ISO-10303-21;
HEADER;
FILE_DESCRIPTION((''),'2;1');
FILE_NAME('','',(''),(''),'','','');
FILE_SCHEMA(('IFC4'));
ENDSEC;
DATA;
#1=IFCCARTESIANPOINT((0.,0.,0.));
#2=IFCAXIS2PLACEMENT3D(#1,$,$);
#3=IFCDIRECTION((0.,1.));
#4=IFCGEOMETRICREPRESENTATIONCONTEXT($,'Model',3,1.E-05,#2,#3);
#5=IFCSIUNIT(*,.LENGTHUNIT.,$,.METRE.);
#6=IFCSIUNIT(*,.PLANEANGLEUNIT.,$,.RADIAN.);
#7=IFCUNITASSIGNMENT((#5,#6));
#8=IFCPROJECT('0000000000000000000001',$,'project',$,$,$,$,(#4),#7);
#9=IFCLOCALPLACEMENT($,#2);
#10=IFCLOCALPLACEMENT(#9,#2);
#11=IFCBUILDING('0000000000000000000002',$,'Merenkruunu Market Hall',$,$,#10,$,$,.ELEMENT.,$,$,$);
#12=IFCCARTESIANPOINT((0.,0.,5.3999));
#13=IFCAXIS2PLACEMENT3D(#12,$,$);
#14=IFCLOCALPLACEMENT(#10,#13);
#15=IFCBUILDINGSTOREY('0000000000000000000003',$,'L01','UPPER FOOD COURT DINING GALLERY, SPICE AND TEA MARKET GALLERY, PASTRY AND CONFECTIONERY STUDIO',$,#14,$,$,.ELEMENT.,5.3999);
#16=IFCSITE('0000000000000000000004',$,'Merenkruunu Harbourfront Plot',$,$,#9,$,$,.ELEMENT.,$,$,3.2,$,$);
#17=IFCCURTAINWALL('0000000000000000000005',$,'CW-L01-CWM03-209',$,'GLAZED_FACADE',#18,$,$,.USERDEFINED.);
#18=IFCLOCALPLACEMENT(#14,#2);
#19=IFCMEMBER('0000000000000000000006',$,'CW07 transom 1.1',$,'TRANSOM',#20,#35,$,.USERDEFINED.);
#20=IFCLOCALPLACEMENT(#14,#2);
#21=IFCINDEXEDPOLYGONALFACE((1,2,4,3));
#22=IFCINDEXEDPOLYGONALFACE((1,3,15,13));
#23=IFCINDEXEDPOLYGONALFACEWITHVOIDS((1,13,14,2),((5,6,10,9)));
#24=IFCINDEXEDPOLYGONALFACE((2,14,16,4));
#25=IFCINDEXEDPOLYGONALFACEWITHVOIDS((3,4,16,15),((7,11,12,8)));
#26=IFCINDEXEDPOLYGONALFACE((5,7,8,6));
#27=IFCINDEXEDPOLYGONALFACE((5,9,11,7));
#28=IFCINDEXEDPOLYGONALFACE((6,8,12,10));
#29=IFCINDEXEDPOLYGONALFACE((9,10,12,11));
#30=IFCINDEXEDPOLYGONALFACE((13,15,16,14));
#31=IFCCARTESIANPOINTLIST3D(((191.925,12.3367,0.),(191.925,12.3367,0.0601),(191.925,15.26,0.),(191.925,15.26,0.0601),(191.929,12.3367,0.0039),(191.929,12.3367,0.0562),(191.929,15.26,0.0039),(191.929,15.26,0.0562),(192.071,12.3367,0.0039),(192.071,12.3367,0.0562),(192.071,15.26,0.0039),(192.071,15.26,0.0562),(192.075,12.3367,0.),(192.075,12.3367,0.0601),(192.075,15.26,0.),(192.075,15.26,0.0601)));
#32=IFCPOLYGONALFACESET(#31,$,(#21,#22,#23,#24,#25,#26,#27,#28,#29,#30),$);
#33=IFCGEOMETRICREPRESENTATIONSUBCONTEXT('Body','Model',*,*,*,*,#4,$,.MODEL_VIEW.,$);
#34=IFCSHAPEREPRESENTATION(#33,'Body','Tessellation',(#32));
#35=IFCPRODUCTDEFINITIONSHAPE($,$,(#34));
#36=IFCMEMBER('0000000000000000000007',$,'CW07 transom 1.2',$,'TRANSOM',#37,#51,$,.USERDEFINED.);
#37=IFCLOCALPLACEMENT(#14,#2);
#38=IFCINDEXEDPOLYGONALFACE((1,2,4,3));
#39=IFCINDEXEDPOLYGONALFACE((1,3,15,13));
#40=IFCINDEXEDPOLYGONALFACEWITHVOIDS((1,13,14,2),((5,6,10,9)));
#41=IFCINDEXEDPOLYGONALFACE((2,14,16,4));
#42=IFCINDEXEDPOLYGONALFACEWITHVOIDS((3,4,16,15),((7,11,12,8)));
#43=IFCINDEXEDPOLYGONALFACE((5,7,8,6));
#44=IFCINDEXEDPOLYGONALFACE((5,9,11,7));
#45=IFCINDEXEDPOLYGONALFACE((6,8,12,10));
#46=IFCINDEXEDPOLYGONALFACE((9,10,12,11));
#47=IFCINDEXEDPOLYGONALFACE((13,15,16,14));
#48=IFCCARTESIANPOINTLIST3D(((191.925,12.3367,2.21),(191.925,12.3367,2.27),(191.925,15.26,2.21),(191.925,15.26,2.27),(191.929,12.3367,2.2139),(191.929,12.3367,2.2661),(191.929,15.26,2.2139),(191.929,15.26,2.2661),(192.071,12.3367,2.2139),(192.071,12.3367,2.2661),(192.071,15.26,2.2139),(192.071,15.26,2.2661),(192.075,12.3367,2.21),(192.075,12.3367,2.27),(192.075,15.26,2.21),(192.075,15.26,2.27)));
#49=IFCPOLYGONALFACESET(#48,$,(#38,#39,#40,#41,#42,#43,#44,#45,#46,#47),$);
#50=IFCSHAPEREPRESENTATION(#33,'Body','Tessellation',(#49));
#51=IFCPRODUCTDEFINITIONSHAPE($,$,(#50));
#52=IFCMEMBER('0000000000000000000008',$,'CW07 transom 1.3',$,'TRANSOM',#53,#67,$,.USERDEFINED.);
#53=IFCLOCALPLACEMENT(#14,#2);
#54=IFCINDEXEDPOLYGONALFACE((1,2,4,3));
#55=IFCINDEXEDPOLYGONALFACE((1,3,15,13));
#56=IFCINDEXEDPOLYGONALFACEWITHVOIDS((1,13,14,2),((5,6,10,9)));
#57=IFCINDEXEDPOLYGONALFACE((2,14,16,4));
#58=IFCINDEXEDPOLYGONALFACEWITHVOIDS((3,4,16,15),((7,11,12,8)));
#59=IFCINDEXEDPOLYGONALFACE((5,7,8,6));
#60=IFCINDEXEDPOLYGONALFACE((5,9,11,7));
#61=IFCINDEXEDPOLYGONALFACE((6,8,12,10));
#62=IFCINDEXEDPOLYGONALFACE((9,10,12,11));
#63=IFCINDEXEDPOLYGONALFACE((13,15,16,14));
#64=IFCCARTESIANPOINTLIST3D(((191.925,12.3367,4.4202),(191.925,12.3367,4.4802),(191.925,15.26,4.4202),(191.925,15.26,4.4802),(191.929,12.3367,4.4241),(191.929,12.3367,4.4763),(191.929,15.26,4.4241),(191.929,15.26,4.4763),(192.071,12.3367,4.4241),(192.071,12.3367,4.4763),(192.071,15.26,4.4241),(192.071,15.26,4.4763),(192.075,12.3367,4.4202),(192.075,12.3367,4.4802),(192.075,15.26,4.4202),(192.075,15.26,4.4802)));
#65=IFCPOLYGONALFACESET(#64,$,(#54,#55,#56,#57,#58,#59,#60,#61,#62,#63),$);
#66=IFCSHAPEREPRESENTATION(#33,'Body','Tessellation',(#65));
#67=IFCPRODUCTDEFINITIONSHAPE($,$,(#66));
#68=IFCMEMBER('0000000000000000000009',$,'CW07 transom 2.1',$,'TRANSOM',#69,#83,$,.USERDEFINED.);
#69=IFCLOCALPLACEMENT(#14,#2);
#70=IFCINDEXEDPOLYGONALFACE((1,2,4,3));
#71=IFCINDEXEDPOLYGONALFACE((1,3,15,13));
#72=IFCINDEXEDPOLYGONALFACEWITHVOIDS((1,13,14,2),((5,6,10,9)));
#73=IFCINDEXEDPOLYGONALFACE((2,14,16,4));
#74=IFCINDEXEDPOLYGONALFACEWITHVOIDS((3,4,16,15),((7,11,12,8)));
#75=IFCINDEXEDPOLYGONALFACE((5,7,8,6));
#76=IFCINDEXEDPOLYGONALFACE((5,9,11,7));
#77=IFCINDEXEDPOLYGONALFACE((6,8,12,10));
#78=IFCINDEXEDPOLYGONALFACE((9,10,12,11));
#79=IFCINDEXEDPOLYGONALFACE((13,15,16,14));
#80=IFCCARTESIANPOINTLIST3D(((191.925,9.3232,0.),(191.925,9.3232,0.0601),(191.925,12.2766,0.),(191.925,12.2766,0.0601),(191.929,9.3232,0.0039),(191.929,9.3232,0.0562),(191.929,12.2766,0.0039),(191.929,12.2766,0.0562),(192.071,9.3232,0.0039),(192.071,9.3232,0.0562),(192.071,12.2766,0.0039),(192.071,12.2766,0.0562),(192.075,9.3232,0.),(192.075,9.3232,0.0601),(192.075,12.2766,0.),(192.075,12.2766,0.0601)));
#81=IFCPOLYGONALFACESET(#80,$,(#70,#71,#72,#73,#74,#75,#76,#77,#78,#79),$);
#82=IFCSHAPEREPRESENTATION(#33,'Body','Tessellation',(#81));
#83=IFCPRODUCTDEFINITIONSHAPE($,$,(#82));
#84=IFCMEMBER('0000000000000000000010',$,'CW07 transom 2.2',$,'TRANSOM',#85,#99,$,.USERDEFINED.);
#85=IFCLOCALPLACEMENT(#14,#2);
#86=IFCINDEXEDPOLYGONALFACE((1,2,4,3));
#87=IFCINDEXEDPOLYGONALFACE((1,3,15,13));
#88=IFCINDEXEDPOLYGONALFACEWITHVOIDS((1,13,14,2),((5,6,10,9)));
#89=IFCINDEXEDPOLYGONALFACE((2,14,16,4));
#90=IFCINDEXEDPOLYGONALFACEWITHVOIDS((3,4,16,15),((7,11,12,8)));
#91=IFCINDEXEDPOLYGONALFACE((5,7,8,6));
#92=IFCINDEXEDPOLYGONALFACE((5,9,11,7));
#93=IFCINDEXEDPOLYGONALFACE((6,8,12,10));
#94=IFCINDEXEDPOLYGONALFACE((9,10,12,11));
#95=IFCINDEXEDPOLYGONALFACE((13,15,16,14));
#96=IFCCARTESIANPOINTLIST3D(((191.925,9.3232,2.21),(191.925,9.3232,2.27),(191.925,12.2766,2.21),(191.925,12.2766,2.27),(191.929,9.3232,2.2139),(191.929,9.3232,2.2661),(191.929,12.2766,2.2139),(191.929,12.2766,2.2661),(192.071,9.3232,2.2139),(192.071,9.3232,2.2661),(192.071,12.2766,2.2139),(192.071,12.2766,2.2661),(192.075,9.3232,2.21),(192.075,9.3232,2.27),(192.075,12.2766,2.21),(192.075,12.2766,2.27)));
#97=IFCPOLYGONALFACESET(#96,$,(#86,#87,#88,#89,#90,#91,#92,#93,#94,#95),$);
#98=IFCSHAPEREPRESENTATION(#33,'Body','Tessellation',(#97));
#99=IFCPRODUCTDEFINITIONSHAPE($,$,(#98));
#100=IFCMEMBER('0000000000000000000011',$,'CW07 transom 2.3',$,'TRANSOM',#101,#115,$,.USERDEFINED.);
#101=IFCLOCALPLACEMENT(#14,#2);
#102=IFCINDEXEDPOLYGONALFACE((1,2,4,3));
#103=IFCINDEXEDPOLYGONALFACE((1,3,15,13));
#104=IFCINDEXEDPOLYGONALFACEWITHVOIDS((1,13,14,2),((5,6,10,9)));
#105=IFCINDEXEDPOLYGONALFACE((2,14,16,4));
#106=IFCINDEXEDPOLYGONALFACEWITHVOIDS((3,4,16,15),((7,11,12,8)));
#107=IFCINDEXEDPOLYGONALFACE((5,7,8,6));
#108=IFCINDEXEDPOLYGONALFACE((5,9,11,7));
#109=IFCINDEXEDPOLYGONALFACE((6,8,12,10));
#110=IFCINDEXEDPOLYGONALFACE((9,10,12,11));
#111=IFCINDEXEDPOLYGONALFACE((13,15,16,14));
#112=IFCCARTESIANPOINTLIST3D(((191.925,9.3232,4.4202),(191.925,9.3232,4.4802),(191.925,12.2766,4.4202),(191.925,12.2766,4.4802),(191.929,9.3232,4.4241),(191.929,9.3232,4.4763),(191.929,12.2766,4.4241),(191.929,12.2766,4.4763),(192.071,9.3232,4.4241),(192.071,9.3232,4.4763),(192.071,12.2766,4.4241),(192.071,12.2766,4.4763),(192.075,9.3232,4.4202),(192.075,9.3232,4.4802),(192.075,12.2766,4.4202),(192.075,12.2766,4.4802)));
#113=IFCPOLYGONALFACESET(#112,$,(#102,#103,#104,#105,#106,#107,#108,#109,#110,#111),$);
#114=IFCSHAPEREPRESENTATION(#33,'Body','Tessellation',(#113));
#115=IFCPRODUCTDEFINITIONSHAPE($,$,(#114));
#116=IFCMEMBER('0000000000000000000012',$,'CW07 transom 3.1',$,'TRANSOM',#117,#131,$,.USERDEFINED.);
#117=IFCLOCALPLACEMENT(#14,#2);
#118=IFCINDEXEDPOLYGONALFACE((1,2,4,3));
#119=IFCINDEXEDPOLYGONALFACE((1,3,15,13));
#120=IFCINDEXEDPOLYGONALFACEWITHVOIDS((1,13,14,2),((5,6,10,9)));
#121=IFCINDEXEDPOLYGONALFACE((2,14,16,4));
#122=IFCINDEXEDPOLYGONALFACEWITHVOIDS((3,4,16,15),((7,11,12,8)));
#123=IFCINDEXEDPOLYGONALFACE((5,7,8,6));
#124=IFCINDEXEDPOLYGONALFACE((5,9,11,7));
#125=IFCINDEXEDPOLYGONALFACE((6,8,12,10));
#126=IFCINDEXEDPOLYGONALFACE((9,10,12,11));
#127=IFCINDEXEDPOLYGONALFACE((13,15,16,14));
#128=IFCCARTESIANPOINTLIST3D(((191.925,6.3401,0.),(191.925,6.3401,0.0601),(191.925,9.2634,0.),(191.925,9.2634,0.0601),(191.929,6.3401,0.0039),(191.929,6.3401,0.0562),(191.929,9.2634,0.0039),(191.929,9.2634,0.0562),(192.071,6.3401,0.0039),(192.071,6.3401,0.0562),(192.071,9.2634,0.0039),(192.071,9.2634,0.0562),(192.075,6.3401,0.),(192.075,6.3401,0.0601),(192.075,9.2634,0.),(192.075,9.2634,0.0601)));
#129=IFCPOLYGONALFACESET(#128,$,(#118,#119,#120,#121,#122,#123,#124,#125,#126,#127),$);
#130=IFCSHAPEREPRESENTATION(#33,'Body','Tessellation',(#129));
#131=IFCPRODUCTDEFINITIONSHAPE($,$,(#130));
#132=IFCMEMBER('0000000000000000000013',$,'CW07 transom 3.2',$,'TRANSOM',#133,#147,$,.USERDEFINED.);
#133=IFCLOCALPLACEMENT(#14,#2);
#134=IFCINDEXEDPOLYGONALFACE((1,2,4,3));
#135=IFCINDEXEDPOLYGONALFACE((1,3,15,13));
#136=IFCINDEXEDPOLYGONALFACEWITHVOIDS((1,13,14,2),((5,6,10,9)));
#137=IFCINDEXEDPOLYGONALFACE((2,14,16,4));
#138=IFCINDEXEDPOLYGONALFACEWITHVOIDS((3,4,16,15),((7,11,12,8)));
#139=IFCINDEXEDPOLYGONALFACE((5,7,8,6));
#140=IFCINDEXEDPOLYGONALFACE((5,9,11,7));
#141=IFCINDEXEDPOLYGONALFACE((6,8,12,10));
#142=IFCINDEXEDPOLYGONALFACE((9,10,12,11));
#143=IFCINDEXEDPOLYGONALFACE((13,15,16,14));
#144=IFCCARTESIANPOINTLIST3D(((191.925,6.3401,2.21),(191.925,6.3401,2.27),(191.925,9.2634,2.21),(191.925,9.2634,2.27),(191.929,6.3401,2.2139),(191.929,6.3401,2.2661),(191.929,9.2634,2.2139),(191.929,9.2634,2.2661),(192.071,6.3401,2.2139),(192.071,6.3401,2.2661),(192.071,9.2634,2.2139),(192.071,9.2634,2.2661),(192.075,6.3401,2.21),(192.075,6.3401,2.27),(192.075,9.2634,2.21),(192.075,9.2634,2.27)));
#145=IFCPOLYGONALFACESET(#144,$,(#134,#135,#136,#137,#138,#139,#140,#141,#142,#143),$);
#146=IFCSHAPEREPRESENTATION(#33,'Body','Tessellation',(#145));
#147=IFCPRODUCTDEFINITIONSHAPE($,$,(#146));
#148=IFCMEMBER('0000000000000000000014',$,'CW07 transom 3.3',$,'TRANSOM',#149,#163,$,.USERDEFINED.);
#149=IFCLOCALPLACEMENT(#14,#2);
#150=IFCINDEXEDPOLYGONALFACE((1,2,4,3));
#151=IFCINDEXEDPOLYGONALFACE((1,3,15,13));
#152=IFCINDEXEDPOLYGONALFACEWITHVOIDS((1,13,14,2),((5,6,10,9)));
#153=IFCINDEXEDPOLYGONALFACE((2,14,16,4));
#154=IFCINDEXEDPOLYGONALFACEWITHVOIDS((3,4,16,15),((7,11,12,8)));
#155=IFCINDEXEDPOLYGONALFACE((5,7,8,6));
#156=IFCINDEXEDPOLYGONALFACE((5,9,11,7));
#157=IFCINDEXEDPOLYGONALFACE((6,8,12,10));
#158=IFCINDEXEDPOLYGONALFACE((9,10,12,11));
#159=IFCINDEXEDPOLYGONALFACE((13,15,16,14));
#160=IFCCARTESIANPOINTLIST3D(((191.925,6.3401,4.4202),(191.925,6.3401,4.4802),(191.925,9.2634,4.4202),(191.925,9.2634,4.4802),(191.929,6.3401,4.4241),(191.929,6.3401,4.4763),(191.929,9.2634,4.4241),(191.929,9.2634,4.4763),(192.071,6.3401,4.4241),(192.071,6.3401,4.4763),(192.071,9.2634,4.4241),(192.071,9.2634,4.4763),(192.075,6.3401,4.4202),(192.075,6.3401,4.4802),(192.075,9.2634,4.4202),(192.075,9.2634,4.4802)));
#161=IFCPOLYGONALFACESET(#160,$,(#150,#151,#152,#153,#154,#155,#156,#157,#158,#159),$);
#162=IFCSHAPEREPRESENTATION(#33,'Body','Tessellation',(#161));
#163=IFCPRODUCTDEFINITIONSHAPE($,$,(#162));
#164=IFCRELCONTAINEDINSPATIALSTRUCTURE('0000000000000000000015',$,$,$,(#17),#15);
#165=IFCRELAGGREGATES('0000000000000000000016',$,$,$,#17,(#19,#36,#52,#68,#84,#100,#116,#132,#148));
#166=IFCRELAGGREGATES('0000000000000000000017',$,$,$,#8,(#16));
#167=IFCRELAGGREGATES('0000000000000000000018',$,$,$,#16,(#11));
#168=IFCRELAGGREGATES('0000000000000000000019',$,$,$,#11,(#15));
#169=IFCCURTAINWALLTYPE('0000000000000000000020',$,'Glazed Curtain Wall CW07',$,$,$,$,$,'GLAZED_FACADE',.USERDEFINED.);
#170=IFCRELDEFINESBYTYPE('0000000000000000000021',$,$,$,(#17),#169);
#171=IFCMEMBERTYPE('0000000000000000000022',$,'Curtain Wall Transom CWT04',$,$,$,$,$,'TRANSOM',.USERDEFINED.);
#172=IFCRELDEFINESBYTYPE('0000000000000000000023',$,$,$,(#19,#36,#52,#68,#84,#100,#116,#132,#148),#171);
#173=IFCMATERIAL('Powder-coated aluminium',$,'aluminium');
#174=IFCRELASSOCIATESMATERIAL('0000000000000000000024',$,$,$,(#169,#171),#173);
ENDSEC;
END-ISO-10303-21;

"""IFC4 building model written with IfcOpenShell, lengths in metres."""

from ifc_helpers import new_model, si_unit, direction, frame, origin, origin_2d, place, context, subcontext, project, spatial, hollow_rectangle, extrude, material, material_profile, profile_set, type_object, element, aggregate, save


model = new_model("IFC4")

# Units and contexts
model_context = context("Model", 3, precision=1e-05, world=origin(), true_north=direction((0.0, 1.0)))
body_context = subcontext(model_context, "Body", "Model", "MODEL_VIEW")
ifc_project = project(units=[si_unit("LENGTHUNIT", "METRE"), si_unit("PLANEANGLEUNIT", "RADIAN")], contexts=[model_context])

# Site, building, storey
site_placement = place(None, origin())
site = spatial("IfcSite", under=ifc_project, at=site_placement, Name="Merenkruunu Harbourfront Plot", CompositionType="ELEMENT", RefElevation=3.2)
building_placement = place(site_placement, origin())
building = spatial("IfcBuilding", under=site, at=building_placement, Name="Merenkruunu Market Hall", CompositionType="ELEMENT")
storey_placement = place(building_placement, frame((0.0, 0.0, 5.3999)))
storey = spatial("IfcBuildingStorey", under=building, at=storey_placement, Name="L01", Description="UPPER FOOD COURT DINING GALLERY, SPICE AND TEA MARKET GALLERY, PASTRY AND CONFECTIONERY STUDIO", CompositionType="ELEMENT", Elevation=5.3999)

# Curtain wall, members
ifc_material_1 = material(Name="Powder-coated aluminium", Category="aluminium")
curtain_wall_type = type_object("IfcCurtainWallType", Name="Glazed Curtain Wall CW07", ElementType="GLAZED_FACADE", PredefinedType="USERDEFINED", material=ifc_material_1)
curtain_wall_placement = place(storey_placement, origin())
curtain_wall = element("IfcCurtainWall", 1, at=curtain_wall_placement, inside=storey, type_object=curtain_wall_type, Name="CW-L01-CWM03-209", ObjectType="GLAZED_FACADE", PredefinedType="USERDEFINED")
ifc_material_profile_1 = material_profile(ifc_material_1, hollow_rectangle(XDim=0.0601, YDim=0.1499, WallThickness=0.0039, at=origin_2d()), Name="ALU 60x150x4")
ifc_profile_set_1 = profile_set([ifc_material_profile_1], Name="Powder-coated aluminium")
member_type_1 = type_object("IfcMemberType", Name="Curtain Wall Transom CWT04", ElementType="TRANSOM", PredefinedType="USERDEFINED", material=ifc_profile_set_1)
member_1_placement = place(storey_placement, frame((192.0, 15.26, 0.03), z_axis=(0.0, -1.0, 0.0), x_axis=(0.0, 0.0, 1.0)))
member_1 = element("IfcMember", 2, at=member_1_placement, type_object=member_type_1, Name="CW07 transom 1.1", ObjectType="TRANSOM", PredefinedType="USERDEFINED", context=body_context, shape_type="SweptSolid", body=[
    extrude(hollow_rectangle(XDim=0.0601, YDim=0.1499, WallThickness=0.0039, at=origin_2d()), origin(), (0.0, 0.0, 1.0), 2.9233),
])
member_2_placement = place(storey_placement, frame((192.0, 15.26, 2.24), z_axis=(0.0, -1.0, 0.0), x_axis=(0.0, 0.0, 1.0)))
member_2 = element("IfcMember", 3, at=member_2_placement, type_object=member_type_1, Name="CW07 transom 1.2", ObjectType="TRANSOM", PredefinedType="USERDEFINED", context=body_context, shape_type="SweptSolid", body=[
    extrude(hollow_rectangle(XDim=0.0601, YDim=0.1499, WallThickness=0.0039, at=origin_2d()), origin(), (0.0, 0.0, 1.0), 2.9233),
])
member_3_placement = place(storey_placement, frame((192.0, 15.26, 4.4502), z_axis=(0.0, -1.0, 0.0), x_axis=(0.0, 0.0, 1.0)))
member_3 = element("IfcMember", 4, at=member_3_placement, type_object=member_type_1, Name="CW07 transom 1.3", ObjectType="TRANSOM", PredefinedType="USERDEFINED", context=body_context, shape_type="SweptSolid", body=[
    extrude(hollow_rectangle(XDim=0.0601, YDim=0.1499, WallThickness=0.0039, at=origin_2d()), origin(), (0.0, 0.0, 1.0), 2.9233),
])
member_4_placement = place(storey_placement, frame((192.0, 12.2766, 0.03), z_axis=(0.0, -1.0, 0.0), x_axis=(0.0, 0.0, 1.0)))
member_4 = element("IfcMember", 5, at=member_4_placement, type_object=member_type_1, Name="CW07 transom 2.1", ObjectType="TRANSOM", PredefinedType="USERDEFINED", context=body_context, shape_type="SweptSolid", body=[
    extrude(hollow_rectangle(XDim=0.0601, YDim=0.1499, WallThickness=0.0039, at=origin_2d()), origin(), (0.0, 0.0, 1.0), 2.9534),
])
member_5_placement = place(storey_placement, frame((192.0, 12.2766, 2.24), z_axis=(0.0, -1.0, 0.0), x_axis=(0.0, 0.0, 1.0)))
member_5 = element("IfcMember", 6, at=member_5_placement, type_object=member_type_1, Name="CW07 transom 2.2", ObjectType="TRANSOM", PredefinedType="USERDEFINED", context=body_context, shape_type="SweptSolid", body=[
    extrude(hollow_rectangle(XDim=0.0601, YDim=0.1499, WallThickness=0.0039, at=origin_2d()), origin(), (0.0, 0.0, 1.0), 2.9534),
])
member_6_placement = place(storey_placement, frame((192.0, 12.2766, 4.4502), z_axis=(0.0, -1.0, 0.0), x_axis=(0.0, 0.0, 1.0)))
member_6 = element("IfcMember", 7, at=member_6_placement, type_object=member_type_1, Name="CW07 transom 2.3", ObjectType="TRANSOM", PredefinedType="USERDEFINED", context=body_context, shape_type="SweptSolid", body=[
    extrude(hollow_rectangle(XDim=0.0601, YDim=0.1499, WallThickness=0.0039, at=origin_2d()), origin(), (0.0, 0.0, 1.0), 2.9534),
])
member_7_placement = place(storey_placement, frame((192.0, 9.2634, 0.03), z_axis=(0.0, -1.0, 0.0), x_axis=(0.0, 0.0, 1.0)))
member_7 = element("IfcMember", 8, at=member_7_placement, type_object=member_type_1, Name="CW07 transom 3.1", ObjectType="TRANSOM", PredefinedType="USERDEFINED", context=body_context, shape_type="SweptSolid", body=[
    extrude(hollow_rectangle(XDim=0.0601, YDim=0.1499, WallThickness=0.0039, at=origin_2d()), origin(), (0.0, 0.0, 1.0), 2.9233),
])
member_8_placement = place(storey_placement, frame((192.0, 9.2634, 2.24), z_axis=(0.0, -1.0, 0.0), x_axis=(0.0, 0.0, 1.0)))
member_8 = element("IfcMember", 9, at=member_8_placement, type_object=member_type_1, Name="CW07 transom 3.2", ObjectType="TRANSOM", PredefinedType="USERDEFINED", context=body_context, shape_type="SweptSolid", body=[
    extrude(hollow_rectangle(XDim=0.0601, YDim=0.1499, WallThickness=0.0039, at=origin_2d()), origin(), (0.0, 0.0, 1.0), 2.9233),
])
member_9_placement = place(storey_placement, frame((192.0, 9.2634, 4.4502), z_axis=(0.0, -1.0, 0.0), x_axis=(0.0, 0.0, 1.0)))
member_9 = element("IfcMember", 10, at=member_9_placement, type_object=member_type_1, Name="CW07 transom 3.3", ObjectType="TRANSOM", PredefinedType="USERDEFINED", context=body_context, shape_type="SweptSolid", body=[
    extrude(hollow_rectangle(XDim=0.0601, YDim=0.1499, WallThickness=0.0039, at=origin_2d()), origin(), (0.0, 0.0, 1.0), 2.9233),
])

aggregate(curtain_wall, [member_1, member_2, member_3, member_4, member_5, member_6, member_7, member_8, member_9])

save(model, "model.ifc")
